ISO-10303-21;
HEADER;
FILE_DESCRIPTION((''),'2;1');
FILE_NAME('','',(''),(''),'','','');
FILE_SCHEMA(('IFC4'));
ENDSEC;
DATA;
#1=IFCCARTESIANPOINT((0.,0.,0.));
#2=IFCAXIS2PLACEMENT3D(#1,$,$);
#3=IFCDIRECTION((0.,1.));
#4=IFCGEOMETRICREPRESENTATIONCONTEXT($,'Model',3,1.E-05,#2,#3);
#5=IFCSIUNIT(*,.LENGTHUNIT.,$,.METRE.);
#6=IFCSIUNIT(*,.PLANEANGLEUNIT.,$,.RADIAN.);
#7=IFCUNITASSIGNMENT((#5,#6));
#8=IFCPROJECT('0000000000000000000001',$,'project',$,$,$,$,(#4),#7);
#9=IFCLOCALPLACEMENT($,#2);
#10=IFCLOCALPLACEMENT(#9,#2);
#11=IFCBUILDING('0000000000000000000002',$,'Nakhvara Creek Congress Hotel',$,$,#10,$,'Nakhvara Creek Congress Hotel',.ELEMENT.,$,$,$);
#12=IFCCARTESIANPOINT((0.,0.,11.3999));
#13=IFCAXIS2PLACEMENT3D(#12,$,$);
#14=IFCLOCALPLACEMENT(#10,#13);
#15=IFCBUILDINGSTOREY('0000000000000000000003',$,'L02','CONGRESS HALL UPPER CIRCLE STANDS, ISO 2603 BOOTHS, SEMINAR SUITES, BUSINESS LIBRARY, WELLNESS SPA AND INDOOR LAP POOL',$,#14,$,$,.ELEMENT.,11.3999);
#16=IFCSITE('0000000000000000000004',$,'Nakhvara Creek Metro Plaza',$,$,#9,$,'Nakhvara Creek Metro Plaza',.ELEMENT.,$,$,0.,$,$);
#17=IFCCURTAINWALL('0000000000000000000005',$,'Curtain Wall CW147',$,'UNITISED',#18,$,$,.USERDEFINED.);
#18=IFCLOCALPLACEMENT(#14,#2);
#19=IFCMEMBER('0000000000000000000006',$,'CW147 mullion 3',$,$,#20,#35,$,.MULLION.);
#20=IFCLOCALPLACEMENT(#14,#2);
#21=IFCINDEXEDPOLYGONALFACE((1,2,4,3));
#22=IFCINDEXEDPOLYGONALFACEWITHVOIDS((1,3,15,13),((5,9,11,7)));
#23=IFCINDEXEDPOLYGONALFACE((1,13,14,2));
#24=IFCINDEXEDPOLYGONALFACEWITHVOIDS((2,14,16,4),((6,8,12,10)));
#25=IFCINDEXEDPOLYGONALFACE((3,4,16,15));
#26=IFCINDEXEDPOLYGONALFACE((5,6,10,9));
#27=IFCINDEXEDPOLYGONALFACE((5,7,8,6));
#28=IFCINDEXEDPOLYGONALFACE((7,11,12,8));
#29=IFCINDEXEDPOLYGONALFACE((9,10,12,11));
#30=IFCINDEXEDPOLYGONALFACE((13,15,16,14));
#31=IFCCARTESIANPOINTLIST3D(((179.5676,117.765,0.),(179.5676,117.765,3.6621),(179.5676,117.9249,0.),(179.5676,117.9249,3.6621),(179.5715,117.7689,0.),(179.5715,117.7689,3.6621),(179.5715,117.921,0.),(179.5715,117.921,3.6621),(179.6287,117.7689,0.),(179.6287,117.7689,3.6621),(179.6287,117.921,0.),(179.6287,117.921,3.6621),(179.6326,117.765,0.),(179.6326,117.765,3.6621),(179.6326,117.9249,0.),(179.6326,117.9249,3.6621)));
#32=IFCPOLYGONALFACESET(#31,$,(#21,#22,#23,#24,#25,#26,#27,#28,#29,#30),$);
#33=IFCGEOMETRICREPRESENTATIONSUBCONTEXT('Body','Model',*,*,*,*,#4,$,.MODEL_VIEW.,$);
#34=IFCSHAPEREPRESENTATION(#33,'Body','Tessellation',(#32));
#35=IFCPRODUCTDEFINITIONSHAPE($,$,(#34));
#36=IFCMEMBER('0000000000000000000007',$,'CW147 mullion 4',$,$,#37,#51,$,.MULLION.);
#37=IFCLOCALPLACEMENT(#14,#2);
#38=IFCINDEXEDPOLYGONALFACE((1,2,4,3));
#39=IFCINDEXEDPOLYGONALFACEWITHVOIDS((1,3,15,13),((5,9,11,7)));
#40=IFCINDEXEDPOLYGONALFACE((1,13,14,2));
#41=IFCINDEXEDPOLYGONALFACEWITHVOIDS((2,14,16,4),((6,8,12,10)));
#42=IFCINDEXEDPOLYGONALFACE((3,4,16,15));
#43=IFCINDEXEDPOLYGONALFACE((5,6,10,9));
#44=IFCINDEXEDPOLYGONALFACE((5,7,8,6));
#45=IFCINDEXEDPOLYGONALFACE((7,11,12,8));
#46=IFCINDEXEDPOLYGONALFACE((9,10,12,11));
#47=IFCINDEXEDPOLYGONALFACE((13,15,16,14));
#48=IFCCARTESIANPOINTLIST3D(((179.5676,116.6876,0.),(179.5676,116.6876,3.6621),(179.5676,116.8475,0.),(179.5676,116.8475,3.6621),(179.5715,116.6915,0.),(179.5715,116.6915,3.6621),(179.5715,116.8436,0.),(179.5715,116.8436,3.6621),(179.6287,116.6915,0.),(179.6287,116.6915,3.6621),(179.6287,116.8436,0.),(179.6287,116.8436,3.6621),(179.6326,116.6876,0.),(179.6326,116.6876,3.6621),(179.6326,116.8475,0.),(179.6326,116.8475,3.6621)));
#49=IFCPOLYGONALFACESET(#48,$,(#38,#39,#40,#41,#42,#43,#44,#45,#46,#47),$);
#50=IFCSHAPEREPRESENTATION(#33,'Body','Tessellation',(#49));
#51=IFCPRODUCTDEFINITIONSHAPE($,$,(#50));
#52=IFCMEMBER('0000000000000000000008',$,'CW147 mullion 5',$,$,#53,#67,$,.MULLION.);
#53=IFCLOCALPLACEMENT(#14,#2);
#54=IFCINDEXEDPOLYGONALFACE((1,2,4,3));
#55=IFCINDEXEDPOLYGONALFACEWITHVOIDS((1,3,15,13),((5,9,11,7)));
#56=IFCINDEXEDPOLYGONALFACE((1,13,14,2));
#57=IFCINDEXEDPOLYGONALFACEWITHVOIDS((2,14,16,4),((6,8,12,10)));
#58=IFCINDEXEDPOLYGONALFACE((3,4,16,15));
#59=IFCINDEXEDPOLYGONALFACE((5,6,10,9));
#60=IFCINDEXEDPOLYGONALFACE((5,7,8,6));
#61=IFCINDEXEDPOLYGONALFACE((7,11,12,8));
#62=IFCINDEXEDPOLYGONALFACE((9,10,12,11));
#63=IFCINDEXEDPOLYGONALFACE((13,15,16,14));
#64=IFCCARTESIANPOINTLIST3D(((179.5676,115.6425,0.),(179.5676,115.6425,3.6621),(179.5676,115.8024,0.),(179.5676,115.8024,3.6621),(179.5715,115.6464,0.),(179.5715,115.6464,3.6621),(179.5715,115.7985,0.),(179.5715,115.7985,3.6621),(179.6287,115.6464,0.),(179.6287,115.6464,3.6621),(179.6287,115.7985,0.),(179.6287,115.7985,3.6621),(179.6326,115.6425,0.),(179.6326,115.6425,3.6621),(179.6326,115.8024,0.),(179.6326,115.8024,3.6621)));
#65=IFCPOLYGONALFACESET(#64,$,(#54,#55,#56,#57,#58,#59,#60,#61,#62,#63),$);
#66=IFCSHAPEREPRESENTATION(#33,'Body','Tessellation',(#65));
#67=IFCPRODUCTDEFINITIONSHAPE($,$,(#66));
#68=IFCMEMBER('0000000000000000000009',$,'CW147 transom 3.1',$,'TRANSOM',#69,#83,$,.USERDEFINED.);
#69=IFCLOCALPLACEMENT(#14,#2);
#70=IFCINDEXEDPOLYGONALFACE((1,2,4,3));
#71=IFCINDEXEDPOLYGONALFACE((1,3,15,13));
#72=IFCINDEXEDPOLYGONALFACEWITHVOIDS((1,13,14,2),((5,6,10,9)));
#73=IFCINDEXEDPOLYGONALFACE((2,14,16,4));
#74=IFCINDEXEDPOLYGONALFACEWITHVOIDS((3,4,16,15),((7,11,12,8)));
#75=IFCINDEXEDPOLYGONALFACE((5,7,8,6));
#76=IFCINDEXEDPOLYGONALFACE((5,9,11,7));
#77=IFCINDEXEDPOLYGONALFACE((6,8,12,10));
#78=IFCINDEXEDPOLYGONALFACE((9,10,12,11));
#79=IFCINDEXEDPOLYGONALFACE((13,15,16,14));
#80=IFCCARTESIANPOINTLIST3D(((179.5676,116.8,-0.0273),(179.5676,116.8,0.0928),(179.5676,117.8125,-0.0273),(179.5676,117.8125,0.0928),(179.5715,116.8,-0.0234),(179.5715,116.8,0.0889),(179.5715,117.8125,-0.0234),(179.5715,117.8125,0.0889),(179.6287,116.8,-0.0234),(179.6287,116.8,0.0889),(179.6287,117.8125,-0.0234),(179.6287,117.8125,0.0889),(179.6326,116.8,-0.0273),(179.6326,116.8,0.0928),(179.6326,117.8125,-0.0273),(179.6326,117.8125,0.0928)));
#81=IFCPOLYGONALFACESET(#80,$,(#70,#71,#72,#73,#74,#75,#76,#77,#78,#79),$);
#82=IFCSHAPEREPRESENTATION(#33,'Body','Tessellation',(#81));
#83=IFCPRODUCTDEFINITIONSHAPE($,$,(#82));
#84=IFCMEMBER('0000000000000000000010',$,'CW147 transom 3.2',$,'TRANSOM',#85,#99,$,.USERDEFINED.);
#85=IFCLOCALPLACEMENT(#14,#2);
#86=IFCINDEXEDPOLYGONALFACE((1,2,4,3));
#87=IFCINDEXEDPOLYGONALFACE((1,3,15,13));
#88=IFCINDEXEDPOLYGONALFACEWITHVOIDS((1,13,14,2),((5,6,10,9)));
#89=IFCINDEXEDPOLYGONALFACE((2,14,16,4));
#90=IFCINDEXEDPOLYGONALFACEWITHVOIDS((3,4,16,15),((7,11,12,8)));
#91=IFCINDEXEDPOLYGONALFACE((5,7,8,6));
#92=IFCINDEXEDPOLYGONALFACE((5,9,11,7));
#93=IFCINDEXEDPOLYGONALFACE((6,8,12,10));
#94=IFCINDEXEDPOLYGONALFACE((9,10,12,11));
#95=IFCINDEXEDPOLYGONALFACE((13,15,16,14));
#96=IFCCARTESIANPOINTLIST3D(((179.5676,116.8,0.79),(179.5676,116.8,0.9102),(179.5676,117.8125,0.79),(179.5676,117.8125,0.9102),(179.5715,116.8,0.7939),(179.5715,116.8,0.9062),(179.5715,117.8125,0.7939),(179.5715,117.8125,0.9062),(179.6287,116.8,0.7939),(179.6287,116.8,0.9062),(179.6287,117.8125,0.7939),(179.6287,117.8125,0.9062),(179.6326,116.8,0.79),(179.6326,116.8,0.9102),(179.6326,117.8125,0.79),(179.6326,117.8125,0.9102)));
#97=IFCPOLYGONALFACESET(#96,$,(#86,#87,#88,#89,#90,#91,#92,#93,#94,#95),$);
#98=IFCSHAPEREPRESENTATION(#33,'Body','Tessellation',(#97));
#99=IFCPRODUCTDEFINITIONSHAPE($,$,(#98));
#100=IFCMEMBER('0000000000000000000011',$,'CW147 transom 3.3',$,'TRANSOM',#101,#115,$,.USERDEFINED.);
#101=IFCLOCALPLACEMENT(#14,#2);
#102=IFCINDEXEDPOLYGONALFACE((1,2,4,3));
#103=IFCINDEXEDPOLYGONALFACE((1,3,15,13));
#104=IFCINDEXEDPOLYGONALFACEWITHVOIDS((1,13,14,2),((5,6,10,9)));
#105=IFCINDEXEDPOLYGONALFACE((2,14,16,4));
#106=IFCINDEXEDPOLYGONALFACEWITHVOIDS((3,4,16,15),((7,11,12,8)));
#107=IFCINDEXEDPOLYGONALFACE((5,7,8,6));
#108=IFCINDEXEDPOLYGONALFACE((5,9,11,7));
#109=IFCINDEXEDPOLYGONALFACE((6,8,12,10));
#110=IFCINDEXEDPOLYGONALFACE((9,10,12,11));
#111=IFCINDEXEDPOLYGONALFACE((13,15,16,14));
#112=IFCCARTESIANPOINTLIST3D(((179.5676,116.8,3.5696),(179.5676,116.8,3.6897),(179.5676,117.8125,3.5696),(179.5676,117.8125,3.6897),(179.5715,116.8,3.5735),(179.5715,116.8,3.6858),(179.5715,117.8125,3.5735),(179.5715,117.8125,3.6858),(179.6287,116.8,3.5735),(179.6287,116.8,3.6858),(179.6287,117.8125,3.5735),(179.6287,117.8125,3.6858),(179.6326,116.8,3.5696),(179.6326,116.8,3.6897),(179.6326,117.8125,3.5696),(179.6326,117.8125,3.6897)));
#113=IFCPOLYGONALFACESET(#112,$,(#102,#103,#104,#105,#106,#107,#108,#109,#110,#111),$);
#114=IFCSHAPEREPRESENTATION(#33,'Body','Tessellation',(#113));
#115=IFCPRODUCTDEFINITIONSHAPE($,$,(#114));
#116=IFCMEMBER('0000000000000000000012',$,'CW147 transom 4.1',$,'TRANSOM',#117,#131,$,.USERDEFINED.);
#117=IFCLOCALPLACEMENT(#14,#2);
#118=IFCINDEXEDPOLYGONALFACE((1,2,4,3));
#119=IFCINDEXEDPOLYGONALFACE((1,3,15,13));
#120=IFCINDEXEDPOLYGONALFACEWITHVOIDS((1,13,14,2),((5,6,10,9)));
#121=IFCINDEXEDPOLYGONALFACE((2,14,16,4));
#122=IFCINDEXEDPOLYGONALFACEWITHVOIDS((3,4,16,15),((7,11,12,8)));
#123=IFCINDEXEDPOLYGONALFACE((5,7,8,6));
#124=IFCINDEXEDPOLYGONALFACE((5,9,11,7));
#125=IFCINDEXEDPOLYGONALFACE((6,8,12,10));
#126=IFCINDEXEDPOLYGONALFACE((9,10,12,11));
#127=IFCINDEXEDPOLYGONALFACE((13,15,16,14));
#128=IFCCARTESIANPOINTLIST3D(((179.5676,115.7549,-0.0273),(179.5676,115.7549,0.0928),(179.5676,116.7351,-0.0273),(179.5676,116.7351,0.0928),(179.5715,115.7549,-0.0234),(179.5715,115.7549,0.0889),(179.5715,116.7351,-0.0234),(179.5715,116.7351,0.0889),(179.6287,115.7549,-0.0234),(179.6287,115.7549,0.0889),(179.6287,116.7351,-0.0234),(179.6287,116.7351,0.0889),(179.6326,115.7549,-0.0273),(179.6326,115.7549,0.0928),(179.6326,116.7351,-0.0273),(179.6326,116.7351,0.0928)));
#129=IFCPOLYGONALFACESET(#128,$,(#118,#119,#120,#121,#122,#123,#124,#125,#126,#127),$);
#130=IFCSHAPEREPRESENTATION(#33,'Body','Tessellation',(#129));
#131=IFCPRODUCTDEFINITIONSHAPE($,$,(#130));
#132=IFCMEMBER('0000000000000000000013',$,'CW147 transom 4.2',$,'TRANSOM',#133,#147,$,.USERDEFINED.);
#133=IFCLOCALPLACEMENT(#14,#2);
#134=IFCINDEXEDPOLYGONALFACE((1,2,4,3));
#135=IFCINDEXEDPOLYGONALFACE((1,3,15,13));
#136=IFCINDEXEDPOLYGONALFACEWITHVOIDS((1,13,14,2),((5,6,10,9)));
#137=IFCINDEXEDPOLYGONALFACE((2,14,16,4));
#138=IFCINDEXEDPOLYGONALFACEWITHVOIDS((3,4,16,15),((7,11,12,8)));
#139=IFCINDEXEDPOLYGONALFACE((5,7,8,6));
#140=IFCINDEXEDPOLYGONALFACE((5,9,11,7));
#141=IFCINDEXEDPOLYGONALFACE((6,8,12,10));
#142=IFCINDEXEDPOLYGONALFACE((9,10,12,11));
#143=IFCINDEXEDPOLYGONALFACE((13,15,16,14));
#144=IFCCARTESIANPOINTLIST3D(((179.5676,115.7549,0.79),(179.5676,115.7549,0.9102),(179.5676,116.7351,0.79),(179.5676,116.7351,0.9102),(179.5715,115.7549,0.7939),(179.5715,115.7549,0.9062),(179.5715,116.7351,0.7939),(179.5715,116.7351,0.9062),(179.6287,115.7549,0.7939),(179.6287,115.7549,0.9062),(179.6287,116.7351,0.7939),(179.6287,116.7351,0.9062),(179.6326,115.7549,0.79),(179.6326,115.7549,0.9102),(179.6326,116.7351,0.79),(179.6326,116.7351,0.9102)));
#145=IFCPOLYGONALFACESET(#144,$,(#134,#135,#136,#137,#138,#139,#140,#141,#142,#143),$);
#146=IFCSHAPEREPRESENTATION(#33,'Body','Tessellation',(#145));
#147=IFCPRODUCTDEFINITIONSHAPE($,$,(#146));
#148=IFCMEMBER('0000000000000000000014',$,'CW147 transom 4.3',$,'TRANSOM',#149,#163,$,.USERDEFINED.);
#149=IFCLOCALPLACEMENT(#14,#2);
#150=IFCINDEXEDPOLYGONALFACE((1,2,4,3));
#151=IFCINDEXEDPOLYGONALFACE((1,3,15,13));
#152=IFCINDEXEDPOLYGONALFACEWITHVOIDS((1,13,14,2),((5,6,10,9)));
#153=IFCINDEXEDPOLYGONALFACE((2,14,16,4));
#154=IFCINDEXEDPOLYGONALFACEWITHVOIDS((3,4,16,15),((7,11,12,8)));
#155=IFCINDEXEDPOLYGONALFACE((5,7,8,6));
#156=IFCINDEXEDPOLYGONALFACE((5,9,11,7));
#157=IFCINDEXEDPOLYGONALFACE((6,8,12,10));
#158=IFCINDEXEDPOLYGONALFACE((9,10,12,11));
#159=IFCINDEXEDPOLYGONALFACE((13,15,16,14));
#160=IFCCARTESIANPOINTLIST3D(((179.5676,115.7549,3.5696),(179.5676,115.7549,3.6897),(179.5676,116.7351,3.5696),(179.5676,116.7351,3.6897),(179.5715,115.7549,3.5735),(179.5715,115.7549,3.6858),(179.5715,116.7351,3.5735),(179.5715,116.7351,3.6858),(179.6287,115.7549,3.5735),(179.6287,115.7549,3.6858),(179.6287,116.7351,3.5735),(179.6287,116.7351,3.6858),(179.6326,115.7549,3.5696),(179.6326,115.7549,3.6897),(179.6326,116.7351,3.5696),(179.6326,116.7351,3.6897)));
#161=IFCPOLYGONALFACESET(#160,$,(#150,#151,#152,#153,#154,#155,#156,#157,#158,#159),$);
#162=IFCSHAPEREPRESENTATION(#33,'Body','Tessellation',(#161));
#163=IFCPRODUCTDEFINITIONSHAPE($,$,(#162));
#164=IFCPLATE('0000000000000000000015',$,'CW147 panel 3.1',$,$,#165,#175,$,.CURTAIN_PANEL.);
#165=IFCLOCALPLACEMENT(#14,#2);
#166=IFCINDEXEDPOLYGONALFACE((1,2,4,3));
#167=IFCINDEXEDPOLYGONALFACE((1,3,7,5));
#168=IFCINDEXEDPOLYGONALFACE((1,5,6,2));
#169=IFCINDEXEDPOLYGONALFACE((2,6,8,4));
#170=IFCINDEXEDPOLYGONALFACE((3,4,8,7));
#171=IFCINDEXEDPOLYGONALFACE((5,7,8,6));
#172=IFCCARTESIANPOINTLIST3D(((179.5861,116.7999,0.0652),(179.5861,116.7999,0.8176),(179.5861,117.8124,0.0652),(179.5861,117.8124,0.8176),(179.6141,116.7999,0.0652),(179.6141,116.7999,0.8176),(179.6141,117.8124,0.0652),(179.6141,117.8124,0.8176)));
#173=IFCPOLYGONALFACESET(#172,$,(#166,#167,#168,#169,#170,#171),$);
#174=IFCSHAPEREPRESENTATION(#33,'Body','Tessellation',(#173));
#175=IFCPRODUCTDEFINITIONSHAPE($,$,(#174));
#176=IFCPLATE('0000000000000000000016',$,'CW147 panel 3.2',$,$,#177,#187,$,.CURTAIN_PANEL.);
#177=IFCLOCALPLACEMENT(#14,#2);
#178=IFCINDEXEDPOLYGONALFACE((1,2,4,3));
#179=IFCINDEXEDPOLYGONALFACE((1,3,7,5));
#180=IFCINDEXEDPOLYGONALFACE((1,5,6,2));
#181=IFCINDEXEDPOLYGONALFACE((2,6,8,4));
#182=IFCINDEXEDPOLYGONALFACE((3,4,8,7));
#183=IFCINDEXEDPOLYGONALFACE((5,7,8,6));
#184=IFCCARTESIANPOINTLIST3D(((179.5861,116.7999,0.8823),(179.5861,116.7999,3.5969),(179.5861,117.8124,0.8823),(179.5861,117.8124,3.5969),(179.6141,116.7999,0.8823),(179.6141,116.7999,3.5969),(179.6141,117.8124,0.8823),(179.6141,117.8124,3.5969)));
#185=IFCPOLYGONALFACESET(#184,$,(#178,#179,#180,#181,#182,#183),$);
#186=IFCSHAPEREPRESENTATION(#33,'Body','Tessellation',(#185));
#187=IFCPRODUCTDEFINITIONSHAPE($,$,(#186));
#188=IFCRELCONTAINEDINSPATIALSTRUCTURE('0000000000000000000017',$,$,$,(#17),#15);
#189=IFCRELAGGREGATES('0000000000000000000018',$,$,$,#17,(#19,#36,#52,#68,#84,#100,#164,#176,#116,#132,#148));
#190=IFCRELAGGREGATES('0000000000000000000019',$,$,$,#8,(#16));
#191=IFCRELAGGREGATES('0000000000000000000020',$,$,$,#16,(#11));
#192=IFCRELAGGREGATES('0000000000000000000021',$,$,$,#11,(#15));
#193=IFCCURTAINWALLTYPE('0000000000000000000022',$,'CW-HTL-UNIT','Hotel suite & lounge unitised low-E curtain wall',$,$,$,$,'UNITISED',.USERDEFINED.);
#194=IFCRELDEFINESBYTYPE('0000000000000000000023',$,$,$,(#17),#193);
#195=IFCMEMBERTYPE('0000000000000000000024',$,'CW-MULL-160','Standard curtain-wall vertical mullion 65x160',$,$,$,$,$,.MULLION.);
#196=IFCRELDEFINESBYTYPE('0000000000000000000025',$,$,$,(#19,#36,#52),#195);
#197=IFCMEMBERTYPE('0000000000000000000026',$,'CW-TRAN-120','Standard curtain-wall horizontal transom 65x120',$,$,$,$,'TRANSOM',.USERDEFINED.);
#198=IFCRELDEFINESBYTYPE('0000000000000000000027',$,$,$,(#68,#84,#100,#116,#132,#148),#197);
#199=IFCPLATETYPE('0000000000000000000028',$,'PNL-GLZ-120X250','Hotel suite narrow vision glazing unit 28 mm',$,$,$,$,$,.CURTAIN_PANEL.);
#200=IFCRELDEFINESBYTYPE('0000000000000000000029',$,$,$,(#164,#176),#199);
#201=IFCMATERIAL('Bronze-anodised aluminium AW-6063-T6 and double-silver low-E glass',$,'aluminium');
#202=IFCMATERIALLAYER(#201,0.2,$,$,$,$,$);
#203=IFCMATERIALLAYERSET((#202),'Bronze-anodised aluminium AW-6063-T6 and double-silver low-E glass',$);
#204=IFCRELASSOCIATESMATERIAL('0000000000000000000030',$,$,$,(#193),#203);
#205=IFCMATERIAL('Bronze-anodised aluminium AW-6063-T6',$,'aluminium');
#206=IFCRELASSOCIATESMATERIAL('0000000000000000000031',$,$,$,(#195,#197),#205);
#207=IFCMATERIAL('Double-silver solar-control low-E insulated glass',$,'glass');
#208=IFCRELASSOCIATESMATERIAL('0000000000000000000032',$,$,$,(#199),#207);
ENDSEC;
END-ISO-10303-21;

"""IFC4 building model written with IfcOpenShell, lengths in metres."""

from ifc_helpers import new_model, si_unit, direction, frame, origin, origin_2d, place, context, subcontext, project, spatial, rectangle, hollow_rectangle, extrude, material, layer, layer_set, material_profile, profile_set, type_object, element, aggregate, save


model = new_model("IFC4")

# Units and contexts
model_context = context("Model", 3, precision=1e-05, world=origin(), true_north=direction((0.0, 1.0)))
body_context = subcontext(model_context, "Body", "Model", "MODEL_VIEW")
ifc_project = project(units=[si_unit("LENGTHUNIT", "METRE"), si_unit("PLANEANGLEUNIT", "RADIAN")], contexts=[model_context])

# Site, building, storey
site_placement = place(None, origin())
site = spatial("IfcSite", under=ifc_project, at=site_placement, Name="Nakhvara Creek Metro Plaza", LongName="Nakhvara Creek Metro Plaza", CompositionType="ELEMENT", RefElevation=0.0)
building_placement = place(site_placement, origin())
building = spatial("IfcBuilding", under=site, at=building_placement, Name="Nakhvara Creek Congress Hotel", LongName="Nakhvara Creek Congress Hotel", CompositionType="ELEMENT")
storey_placement = place(building_placement, frame((0.0, 0.0, 11.3999)))
storey = spatial("IfcBuildingStorey", under=building, at=storey_placement, Name="L02", Description="CONGRESS HALL UPPER CIRCLE STANDS, ISO 2603 BOOTHS, SEMINAR SUITES, BUSINESS LIBRARY, WELLNESS SPA AND INDOOR LAP POOL", CompositionType="ELEMENT", Elevation=11.3999)

# Curtain wall, members, plates
ifc_material_1 = material(Name="Bronze-anodised aluminium AW-6063-T6 and double-silver low-E glass", Category="aluminium")
ifc_layer_1 = layer(ifc_material_1, 0.2)
ifc_layer_set_1 = layer_set([ifc_layer_1], Name="Bronze-anodised aluminium AW-6063-T6 and double-silver low-E glass")
curtain_wall_type = type_object("IfcCurtainWallType", Name="CW-HTL-UNIT", Description="Hotel suite & lounge unitised low-E curtain wall", ElementType="UNITISED", PredefinedType="USERDEFINED", material=ifc_layer_set_1)
curtain_wall_placement = place(storey_placement, origin())
curtain_wall = element("IfcCurtainWall", 1, at=curtain_wall_placement, inside=storey, type_object=curtain_wall_type, Name="Curtain Wall CW147", ObjectType="UNITISED", PredefinedType="USERDEFINED")
ifc_material_2 = material(Name="Bronze-anodised aluminium AW-6063-T6", Category="aluminium")
ifc_material_profile_1 = material_profile(ifc_material_2, hollow_rectangle(XDim=0.0649, YDim=0.1599, WallThickness=0.0039, at=origin_2d()), Name="ALU-MULL 65x160x4", Category="LoadBearing")
ifc_profile_set_1 = profile_set([ifc_material_profile_1], Name="Bronze-anodised aluminium AW-6063-T6")
member_type_1 = type_object("IfcMemberType", Name="CW-MULL-160", Description="Standard curtain-wall vertical mullion 65x160", PredefinedType="MULLION", material=ifc_profile_set_1)
member_1_placement = place(storey_placement, frame((179.6001, 117.845, 0.0), z_axis=(0.0, 0.0, 1.0), x_axis=(1.0, 0.0, 0.0)))
member_1 = element("IfcMember", 2, at=member_1_placement, type_object=member_type_1, Name="CW147 mullion 3", PredefinedType="MULLION", context=body_context, shape_type="SweptSolid", body=[
    extrude(hollow_rectangle(XDim=0.0649, YDim=0.1599, WallThickness=0.0039, at=origin_2d()), origin(), (0.0, 0.0, 1.0), 3.6621),
])
member_2_placement = place(storey_placement, frame((179.6001, 116.7676, 0.0), z_axis=(0.0, 0.0, 1.0), x_axis=(1.0, 0.0, 0.0)))
member_2 = element("IfcMember", 3, at=member_2_placement, type_object=member_type_1, Name="CW147 mullion 4", PredefinedType="MULLION", context=body_context, shape_type="SweptSolid", body=[
    extrude(hollow_rectangle(XDim=0.0649, YDim=0.1599, WallThickness=0.0039, at=origin_2d()), origin(), (0.0, 0.0, 1.0), 3.6621),
])
member_3_placement = place(storey_placement, frame((179.6001, 115.7224, 0.0), z_axis=(0.0, 0.0, 1.0), x_axis=(1.0, 0.0, 0.0)))
member_3 = element("IfcMember", 4, at=member_3_placement, type_object=member_type_1, Name="CW147 mullion 5", PredefinedType="MULLION", context=body_context, shape_type="SweptSolid", body=[
    extrude(hollow_rectangle(XDim=0.0649, YDim=0.1599, WallThickness=0.0039, at=origin_2d()), origin(), (0.0, 0.0, 1.0), 3.6621),
])
ifc_material_profile_2 = material_profile(ifc_material_2, hollow_rectangle(XDim=0.0649, YDim=0.1201, WallThickness=0.0039, at=origin_2d()), Name="ALU-TRAN 65x120x4", Category="LoadBearing")
ifc_profile_set_2 = profile_set([ifc_material_profile_2], Name="Bronze-anodised aluminium AW-6063-T6")
member_type_2 = type_object("IfcMemberType", Name="CW-TRAN-120", Description="Standard curtain-wall horizontal transom 65x120", ElementType="TRANSOM", PredefinedType="USERDEFINED", material=ifc_profile_set_2)
member_4_placement = place(storey_placement, frame((179.6001, 117.8125, 0.0327), z_axis=(0.0, -1.0, 0.0), x_axis=(1.0, 0.0, 0.0)))
member_4 = element("IfcMember", 5, at=member_4_placement, type_object=member_type_2, Name="CW147 transom 3.1", ObjectType="TRANSOM", PredefinedType="USERDEFINED", context=body_context, shape_type="SweptSolid", body=[
    extrude(hollow_rectangle(XDim=0.0649, YDim=0.1201, WallThickness=0.0039, at=origin_2d()), origin(), (0.0, 0.0, 1.0), 1.0125),
])
member_5_placement = place(storey_placement, frame((179.6001, 117.8125, 0.8501), z_axis=(0.0, -1.0, 0.0), x_axis=(1.0, 0.0, 0.0)))
member_5 = element("IfcMember", 6, at=member_5_placement, type_object=member_type_2, Name="CW147 transom 3.2", ObjectType="TRANSOM", PredefinedType="USERDEFINED", context=body_context, shape_type="SweptSolid", body=[
    extrude(hollow_rectangle(XDim=0.0649, YDim=0.1201, WallThickness=0.0039, at=origin_2d()), origin(), (0.0, 0.0, 1.0), 1.0125),
])
member_6_placement = place(storey_placement, frame((179.6001, 117.8125, 3.6296), z_axis=(0.0, -1.0, 0.0), x_axis=(1.0, 0.0, 0.0)))
member_6 = element("IfcMember", 7, at=member_6_placement, type_object=member_type_2, Name="CW147 transom 3.3", ObjectType="TRANSOM", PredefinedType="USERDEFINED", context=body_context, shape_type="SweptSolid", body=[
    extrude(hollow_rectangle(XDim=0.0649, YDim=0.1201, WallThickness=0.0039, at=origin_2d()), origin(), (0.0, 0.0, 1.0), 1.0125),
])
member_7_placement = place(storey_placement, frame((179.6001, 116.7351, 0.0327), z_axis=(0.0, -1.0, 0.0), x_axis=(1.0, 0.0, 0.0)))
member_7 = element("IfcMember", 8, at=member_7_placement, type_object=member_type_2, Name="CW147 transom 4.1", ObjectType="TRANSOM", PredefinedType="USERDEFINED", context=body_context, shape_type="SweptSolid", body=[
    extrude(hollow_rectangle(XDim=0.0649, YDim=0.1201, WallThickness=0.0039, at=origin_2d()), origin(), (0.0, 0.0, 1.0), 0.9802),
])
member_8_placement = place(storey_placement, frame((179.6001, 116.7351, 0.8501), z_axis=(0.0, -1.0, 0.0), x_axis=(1.0, 0.0, 0.0)))
member_8 = element("IfcMember", 9, at=member_8_placement, type_object=member_type_2, Name="CW147 transom 4.2", ObjectType="TRANSOM", PredefinedType="USERDEFINED", context=body_context, shape_type="SweptSolid", body=[
    extrude(hollow_rectangle(XDim=0.0649, YDim=0.1201, WallThickness=0.0039, at=origin_2d()), origin(), (0.0, 0.0, 1.0), 0.9802),
])
member_9_placement = place(storey_placement, frame((179.6001, 116.7351, 3.6296), z_axis=(0.0, -1.0, 0.0), x_axis=(1.0, 0.0, 0.0)))
member_9 = element("IfcMember", 10, at=member_9_placement, type_object=member_type_2, Name="CW147 transom 4.3", ObjectType="TRANSOM", PredefinedType="USERDEFINED", context=body_context, shape_type="SweptSolid", body=[
    extrude(hollow_rectangle(XDim=0.0649, YDim=0.1201, WallThickness=0.0039, at=origin_2d()), origin(), (0.0, 0.0, 1.0), 0.9802),
])
ifc_material_3 = material(Name="Double-silver solar-control low-E insulated glass", Category="glass")
plate_type = type_object("IfcPlateType", Name="PNL-GLZ-120X250", Description="Hotel suite narrow vision glazing unit 28 mm", PredefinedType="CURTAIN_PANEL", material=ifc_material_3)
plate_1_placement = place(storey_placement, frame((179.6001, 117.3062, 0.0652), z_axis=(0.0, 0.0, 1.0), x_axis=(0.0, -1.0, 0.0)))
plate_1 = element("IfcPlate", 11, at=plate_1_placement, type_object=plate_type, Name="CW147 panel 3.1", PredefinedType="CURTAIN_PANEL", context=body_context, shape_type="SweptSolid", body=[
    extrude(rectangle(XDim=1.0125, YDim=0.0281, at=origin_2d()), origin(), (0.0, 0.0, 1.0), 0.7524),
])
plate_2_placement = place(storey_placement, frame((179.6001, 117.3062, 0.8823), z_axis=(0.0, 0.0, 1.0), x_axis=(0.0, -1.0, 0.0)))
plate_2 = element("IfcPlate", 12, at=plate_2_placement, type_object=plate_type, Name="CW147 panel 3.2", PredefinedType="CURTAIN_PANEL", context=body_context, shape_type="SweptSolid", body=[
    extrude(rectangle(XDim=1.0125, YDim=0.0281, at=origin_2d()), origin(), (0.0, 0.0, 1.0), 2.7146),
])
aggregate(curtain_wall, [member_1, member_2, member_3, member_4, member_5, member_6, plate_1, plate_2, member_7, member_8, member_9])

save(model, "model.ifc")
